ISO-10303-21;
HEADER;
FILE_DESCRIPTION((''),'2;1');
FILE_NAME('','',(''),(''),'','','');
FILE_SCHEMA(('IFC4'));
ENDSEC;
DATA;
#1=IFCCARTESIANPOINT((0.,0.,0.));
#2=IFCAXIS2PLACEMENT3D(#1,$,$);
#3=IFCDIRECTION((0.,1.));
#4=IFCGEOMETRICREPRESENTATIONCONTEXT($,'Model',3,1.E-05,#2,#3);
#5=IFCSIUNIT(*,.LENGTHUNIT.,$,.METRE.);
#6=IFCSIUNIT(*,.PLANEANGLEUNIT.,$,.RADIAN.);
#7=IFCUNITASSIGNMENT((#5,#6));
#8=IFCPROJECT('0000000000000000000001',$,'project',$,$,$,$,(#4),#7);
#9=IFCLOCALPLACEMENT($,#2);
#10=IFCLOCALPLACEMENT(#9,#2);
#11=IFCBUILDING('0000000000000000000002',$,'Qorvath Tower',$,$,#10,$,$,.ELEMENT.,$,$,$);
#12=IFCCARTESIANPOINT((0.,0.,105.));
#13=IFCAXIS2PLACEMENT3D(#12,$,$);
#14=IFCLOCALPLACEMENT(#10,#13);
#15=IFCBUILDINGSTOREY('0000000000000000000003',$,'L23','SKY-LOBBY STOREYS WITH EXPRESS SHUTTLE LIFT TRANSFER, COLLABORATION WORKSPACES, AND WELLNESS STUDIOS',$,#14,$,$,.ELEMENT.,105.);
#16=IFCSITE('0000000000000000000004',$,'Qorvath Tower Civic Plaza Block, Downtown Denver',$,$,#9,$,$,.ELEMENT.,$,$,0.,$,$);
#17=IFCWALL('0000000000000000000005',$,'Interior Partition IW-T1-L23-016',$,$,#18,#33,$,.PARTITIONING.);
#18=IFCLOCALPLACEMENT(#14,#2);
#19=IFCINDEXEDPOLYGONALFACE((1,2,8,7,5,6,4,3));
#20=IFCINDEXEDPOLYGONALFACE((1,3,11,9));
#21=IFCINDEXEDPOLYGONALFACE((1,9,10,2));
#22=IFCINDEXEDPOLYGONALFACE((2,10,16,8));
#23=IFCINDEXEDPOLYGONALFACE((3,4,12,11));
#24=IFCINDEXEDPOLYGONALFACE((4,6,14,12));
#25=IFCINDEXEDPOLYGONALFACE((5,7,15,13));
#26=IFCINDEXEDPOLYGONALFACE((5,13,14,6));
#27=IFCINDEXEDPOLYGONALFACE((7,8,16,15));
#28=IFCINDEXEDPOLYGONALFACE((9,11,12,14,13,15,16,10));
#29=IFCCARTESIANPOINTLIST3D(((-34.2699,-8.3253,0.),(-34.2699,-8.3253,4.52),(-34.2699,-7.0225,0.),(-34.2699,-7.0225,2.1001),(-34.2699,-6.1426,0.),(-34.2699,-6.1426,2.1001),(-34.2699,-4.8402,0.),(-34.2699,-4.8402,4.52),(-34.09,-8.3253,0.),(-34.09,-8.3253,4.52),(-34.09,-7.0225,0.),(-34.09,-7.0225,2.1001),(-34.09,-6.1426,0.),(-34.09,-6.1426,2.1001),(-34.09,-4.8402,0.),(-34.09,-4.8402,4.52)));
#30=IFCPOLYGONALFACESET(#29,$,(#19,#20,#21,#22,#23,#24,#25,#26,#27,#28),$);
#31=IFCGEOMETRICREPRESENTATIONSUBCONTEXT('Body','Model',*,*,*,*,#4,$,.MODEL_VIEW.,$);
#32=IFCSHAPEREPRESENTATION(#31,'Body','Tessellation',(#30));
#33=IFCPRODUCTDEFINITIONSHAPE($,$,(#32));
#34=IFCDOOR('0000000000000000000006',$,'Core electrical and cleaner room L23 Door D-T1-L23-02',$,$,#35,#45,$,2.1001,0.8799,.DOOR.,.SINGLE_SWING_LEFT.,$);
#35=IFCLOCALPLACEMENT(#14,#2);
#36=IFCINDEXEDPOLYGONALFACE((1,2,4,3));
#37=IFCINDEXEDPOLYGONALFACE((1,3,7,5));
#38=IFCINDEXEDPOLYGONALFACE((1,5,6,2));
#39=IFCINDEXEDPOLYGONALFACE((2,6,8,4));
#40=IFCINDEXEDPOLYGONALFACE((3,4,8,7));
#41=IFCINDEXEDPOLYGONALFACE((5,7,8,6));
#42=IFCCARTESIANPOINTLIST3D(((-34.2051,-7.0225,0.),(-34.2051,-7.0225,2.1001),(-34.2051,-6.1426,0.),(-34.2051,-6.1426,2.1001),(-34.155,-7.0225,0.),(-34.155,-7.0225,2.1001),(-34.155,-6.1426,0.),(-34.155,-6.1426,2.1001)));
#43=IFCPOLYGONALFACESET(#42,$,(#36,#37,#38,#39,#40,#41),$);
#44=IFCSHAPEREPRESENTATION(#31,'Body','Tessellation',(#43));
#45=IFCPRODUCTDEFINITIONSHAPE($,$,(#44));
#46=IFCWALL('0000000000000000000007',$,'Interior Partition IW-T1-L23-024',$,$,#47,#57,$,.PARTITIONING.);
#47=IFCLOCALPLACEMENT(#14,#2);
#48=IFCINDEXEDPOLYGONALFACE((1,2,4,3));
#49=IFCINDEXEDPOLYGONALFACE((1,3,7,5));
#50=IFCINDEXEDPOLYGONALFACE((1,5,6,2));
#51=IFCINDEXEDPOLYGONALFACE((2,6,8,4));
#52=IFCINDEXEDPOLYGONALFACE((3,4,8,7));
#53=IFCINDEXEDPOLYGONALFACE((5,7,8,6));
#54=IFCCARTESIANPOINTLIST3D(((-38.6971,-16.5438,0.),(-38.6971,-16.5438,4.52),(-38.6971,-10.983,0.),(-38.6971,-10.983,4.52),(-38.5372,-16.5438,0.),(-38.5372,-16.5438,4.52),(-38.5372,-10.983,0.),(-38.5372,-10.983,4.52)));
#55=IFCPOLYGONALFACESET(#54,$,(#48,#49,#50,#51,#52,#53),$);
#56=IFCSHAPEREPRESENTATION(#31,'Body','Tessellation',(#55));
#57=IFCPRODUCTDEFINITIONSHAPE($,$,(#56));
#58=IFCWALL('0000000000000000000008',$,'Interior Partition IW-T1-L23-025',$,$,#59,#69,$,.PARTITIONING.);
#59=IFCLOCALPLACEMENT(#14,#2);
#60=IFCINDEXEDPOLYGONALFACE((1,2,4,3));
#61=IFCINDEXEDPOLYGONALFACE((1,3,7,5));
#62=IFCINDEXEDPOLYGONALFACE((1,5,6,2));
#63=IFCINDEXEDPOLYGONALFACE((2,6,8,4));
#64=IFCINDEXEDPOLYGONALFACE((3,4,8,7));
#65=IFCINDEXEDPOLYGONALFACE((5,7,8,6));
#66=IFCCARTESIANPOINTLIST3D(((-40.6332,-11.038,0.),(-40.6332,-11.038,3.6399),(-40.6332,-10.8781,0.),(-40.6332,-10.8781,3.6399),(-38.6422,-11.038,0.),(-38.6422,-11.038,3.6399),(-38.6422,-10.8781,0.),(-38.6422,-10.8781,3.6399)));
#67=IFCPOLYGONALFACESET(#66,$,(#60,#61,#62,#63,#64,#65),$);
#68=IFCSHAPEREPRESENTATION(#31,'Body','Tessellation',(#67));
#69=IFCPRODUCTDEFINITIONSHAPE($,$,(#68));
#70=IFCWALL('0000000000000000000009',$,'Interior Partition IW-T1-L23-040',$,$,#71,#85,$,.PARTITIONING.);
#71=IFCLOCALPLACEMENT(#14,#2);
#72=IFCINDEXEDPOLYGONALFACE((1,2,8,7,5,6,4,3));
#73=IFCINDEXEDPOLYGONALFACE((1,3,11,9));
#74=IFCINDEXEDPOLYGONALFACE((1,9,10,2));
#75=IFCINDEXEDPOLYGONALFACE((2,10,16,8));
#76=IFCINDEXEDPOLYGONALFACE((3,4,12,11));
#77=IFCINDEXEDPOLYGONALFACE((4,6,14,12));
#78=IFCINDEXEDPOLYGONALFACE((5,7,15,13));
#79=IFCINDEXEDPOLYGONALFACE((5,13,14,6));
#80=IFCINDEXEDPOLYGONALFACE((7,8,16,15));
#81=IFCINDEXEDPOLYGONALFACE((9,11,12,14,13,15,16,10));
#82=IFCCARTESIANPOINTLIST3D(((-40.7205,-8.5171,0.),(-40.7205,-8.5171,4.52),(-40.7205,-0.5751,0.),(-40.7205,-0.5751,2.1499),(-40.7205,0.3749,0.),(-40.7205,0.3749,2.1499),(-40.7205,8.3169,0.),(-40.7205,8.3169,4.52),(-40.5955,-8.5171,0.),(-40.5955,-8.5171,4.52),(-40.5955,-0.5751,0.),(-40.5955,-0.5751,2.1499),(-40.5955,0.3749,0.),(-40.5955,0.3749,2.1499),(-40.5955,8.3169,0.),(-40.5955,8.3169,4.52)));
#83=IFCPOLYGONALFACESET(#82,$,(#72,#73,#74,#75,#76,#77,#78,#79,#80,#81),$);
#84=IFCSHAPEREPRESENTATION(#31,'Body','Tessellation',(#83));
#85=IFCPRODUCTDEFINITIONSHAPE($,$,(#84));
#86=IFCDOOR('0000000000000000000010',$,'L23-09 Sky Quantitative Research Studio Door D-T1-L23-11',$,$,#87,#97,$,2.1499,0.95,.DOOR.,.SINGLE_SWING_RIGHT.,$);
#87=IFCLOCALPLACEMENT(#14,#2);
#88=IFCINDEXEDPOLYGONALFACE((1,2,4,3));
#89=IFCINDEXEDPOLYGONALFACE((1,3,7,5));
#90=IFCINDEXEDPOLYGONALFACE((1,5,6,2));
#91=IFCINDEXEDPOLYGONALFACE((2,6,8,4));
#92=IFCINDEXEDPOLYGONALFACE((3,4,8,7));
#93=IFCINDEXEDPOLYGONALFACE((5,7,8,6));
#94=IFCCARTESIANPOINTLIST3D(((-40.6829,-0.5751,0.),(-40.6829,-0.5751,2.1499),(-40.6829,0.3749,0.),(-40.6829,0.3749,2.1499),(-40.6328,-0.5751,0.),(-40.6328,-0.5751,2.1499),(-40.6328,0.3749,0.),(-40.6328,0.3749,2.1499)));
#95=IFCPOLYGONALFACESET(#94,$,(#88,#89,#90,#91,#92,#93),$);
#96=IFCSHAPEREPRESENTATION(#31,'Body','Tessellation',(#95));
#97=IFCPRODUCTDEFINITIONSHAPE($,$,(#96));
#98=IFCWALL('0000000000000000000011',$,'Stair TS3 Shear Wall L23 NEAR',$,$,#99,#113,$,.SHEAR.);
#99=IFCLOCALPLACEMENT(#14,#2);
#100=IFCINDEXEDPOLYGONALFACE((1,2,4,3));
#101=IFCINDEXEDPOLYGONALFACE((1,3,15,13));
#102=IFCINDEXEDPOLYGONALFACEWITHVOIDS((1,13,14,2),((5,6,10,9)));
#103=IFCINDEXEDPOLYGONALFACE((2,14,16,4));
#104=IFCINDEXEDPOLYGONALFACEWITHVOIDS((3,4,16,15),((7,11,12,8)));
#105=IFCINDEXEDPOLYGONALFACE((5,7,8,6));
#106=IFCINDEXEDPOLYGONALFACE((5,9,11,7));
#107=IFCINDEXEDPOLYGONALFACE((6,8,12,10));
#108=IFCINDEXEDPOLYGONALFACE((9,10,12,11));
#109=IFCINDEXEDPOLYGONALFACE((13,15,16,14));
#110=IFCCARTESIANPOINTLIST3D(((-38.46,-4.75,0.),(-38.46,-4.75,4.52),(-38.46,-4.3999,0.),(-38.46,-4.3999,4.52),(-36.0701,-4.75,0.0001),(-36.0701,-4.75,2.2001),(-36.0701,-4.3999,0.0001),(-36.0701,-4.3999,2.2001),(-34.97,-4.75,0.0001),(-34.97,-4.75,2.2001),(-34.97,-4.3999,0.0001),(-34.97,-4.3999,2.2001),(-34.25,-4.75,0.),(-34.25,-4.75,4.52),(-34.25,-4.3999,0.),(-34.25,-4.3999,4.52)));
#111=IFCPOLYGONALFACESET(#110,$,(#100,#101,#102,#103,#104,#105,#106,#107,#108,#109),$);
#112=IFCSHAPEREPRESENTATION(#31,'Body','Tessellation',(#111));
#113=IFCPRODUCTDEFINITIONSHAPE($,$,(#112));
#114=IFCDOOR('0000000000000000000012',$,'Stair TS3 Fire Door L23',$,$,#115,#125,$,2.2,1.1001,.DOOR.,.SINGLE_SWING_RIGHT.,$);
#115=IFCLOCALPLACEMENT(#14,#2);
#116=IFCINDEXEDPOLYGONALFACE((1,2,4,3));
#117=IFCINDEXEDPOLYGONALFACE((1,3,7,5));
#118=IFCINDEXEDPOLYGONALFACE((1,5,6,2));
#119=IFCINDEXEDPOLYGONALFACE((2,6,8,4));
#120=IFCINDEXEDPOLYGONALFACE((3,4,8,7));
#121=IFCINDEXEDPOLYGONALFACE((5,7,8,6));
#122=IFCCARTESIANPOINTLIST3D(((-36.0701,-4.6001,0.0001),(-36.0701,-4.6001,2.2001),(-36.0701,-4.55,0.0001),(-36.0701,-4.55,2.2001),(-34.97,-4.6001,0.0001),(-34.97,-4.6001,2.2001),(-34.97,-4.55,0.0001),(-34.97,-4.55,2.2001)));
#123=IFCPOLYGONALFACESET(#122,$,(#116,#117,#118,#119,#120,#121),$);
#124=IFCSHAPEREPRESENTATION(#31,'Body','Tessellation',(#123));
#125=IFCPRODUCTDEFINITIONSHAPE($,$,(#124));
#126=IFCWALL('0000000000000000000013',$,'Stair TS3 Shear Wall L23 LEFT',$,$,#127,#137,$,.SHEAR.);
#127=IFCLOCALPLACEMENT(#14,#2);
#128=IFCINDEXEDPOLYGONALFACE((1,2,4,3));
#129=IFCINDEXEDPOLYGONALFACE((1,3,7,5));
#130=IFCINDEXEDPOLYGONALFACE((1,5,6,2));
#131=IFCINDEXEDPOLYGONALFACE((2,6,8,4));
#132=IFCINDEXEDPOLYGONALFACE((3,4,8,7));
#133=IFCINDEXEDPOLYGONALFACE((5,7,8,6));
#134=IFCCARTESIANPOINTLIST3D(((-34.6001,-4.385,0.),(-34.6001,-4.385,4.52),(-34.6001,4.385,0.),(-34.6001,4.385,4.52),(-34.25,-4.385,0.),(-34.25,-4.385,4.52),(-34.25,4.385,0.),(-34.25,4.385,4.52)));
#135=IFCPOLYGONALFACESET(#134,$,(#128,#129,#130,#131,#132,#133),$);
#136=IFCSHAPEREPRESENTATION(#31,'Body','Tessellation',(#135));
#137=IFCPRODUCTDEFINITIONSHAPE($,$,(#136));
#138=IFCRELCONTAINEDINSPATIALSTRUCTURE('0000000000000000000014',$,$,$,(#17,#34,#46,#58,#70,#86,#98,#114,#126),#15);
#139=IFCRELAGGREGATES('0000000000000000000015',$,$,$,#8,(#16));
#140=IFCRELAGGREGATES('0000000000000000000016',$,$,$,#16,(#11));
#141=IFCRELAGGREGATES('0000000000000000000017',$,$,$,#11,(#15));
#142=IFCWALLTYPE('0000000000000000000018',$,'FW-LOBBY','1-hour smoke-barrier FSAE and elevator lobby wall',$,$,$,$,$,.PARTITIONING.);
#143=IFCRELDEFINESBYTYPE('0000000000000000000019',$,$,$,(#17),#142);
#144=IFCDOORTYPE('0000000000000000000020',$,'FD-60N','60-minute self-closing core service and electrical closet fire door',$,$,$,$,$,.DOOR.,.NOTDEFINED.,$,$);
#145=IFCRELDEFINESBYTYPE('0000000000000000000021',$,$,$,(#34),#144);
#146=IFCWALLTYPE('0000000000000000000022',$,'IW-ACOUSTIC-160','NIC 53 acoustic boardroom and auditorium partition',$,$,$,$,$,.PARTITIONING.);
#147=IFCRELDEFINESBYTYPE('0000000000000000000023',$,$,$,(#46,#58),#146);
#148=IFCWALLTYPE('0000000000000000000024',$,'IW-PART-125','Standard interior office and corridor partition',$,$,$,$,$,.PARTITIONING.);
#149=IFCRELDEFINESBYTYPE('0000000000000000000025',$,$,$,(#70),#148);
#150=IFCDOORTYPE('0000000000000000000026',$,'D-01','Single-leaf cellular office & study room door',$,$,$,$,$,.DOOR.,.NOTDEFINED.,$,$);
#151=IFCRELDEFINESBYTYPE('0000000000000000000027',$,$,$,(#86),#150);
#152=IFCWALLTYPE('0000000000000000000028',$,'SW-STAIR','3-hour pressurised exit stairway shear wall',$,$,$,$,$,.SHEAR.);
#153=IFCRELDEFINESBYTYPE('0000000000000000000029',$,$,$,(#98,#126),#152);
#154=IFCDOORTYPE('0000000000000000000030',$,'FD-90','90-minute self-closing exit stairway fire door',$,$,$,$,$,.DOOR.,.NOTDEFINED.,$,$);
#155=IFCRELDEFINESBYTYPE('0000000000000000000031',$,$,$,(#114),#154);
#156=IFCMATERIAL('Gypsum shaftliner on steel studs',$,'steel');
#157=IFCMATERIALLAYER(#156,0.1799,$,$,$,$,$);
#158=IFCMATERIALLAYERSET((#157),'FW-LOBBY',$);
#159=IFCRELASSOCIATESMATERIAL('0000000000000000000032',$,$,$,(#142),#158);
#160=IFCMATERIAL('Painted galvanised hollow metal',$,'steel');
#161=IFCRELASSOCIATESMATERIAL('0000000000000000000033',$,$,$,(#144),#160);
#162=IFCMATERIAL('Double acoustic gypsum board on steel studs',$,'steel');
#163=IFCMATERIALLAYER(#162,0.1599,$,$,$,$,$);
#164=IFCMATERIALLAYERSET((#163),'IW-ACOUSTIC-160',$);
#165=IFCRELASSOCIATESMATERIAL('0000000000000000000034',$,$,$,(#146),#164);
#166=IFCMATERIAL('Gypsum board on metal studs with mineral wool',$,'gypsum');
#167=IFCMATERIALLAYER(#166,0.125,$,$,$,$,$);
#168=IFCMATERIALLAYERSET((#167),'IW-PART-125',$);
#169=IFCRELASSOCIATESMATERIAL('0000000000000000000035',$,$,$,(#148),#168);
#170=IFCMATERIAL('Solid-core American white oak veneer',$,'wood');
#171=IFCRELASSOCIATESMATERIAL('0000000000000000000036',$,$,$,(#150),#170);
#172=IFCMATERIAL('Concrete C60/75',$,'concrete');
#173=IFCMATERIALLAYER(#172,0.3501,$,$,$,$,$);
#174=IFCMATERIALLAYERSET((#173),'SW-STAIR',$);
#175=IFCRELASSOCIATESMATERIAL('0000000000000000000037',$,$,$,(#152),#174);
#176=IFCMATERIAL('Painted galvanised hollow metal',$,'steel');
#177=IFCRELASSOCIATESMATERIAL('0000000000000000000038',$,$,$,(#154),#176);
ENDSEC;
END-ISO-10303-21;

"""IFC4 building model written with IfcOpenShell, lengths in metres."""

from ifc_helpers import new_model, si_unit, direction, frame, frame_2d, origin, place, context, subcontext, project, spatial, rectangle, extrude, material, layer, layer_set, type_object, element, fill, save


model = new_model("IFC4")

# Units and contexts
model_context = context("Model", 3, precision=1e-05, world=origin(), true_north=direction((0.0, 1.0)))
body_context = subcontext(model_context, "Body", "Model", "MODEL_VIEW")
ifc_project = project(units=[si_unit("LENGTHUNIT", "METRE"), si_unit("PLANEANGLEUNIT", "RADIAN")], contexts=[model_context])

# Site, building, storey
site_placement = place(None, origin())
site = spatial("IfcSite", under=ifc_project, at=site_placement, Name="Qorvath Tower Civic Plaza Block, Downtown Denver", CompositionType="ELEMENT", RefElevation=0.0)
building_placement = place(site_placement, origin())
building = spatial("IfcBuilding", under=site, at=building_placement, Name="Qorvath Tower", CompositionType="ELEMENT")
storey_placement = place(building_placement, frame((0.0, 0.0, 105.0)))
storey = spatial("IfcBuildingStorey", under=building, at=storey_placement, Name="L23", Description="SKY-LOBBY STOREYS WITH EXPRESS SHUTTLE LIFT TRANSFER, COLLABORATION WORKSPACES, AND WELLNESS STUDIOS", CompositionType="ELEMENT", Elevation=105.0)

# Shared definitions
ifc_material_1 = material(Name="Gypsum shaftliner on steel studs", Category="steel")
ifc_layer_1 = layer(ifc_material_1, 0.1799)
ifc_layer_set_1 = layer_set([ifc_layer_1], Name="FW-LOBBY")
wall_type_1 = type_object("IfcWallType", Name="FW-LOBBY", Description="1-hour smoke-barrier FSAE and elevator lobby wall", PredefinedType="PARTITIONING", material=ifc_layer_set_1)

# Wall, opening, door
wall_1_placement = place(storey_placement, frame((-34.1799, -4.8401, 0.0), z_axis=(0.0, 0.0, 1.0), x_axis=(0.0, -1.0, 0.0)))
wall_1 = element("IfcWall", 1, at=wall_1_placement, inside=storey, type_object=wall_type_1, Name="Interior Partition IW-T1-L23-016", PredefinedType="PARTITIONING", context=body_context, shape_type="SweptSolid", body=[
    extrude(rectangle(XDim=3.4851, YDim=0.1799, at=frame_2d((1.7427, 0.0))), origin(), (0.0, 0.0, 1.0), 4.52),
])
opening_1_placement = place(wall_1_placement, frame((1.3025, 0.0, 0.0)))
opening_1 = element("IfcOpeningElement", 2, at=opening_1_placement, cuts=wall_1, PredefinedType="OPENING", context=body_context, shape_type="SweptSolid", body=[
    extrude(rectangle(XDim=0.8799, YDim=2.1001, at=frame_2d((0.4399, 1.05))), frame((0.0, 0.1001, 0.0), z_axis=(0.0, -1.0, 0.0), x_axis=(1.0, 0.0, 0.0)), (0.0, 0.0, 1.0), 0.2),
])
ifc_material_2 = material(Name="Painted galvanised hollow metal", Category="steel")
door_type_1 = type_object("IfcDoorType", Name="FD-60N", Description="60-minute self-closing core service and electrical closet fire door", OperationType="NOTDEFINED", PredefinedType="DOOR", material=ifc_material_2)
door_1_placement = place(opening_1_placement, origin())
door_1 = element("IfcDoor", 3, at=door_1_placement, inside=storey, type_object=door_type_1, Name="Core electrical and cleaner room L23 Door D-T1-L23-02", OperationType="SINGLE_SWING_LEFT", OverallHeight=2.1001, OverallWidth=0.8799, PredefinedType="DOOR", context=body_context, shape_type="SweptSolid", body=[
    extrude(rectangle(XDim=0.8799, YDim=2.1001, at=frame_2d((0.4399, 1.05))), frame((0.0, 0.0249, 0.0), z_axis=(0.0, -1.0, 0.0), x_axis=(1.0, 0.0, 0.0)), (0.0, 0.0, 1.0), 0.05),
])
fill(opening_1, door_1)

# Walls
ifc_material_3 = material(Name="Double acoustic gypsum board on steel studs", Category="steel")
ifc_layer_2 = layer(ifc_material_3, 0.1599)
ifc_layer_set_2 = layer_set([ifc_layer_2], Name="IW-ACOUSTIC-160")
wall_type_2 = type_object("IfcWallType", Name="IW-ACOUSTIC-160", Description="NIC 53 acoustic boardroom and auditorium partition", PredefinedType="PARTITIONING", material=ifc_layer_set_2)
wall_2_placement = place(storey_placement, frame((-38.6172, -16.5437, 0.0), z_axis=(0.0, 0.0, 1.0), x_axis=(0.0, 1.0, 0.0)))
element("IfcWall", 4, at=wall_2_placement, inside=storey, type_object=wall_type_2, Name="Interior Partition IW-T1-L23-024", PredefinedType="PARTITIONING", context=body_context, shape_type="SweptSolid", body=[
    extrude(rectangle(XDim=5.5608, YDim=0.1599, at=frame_2d((2.7803, 0.0))), origin(), (0.0, 0.0, 1.0), 4.52),
])
wall_3_placement = place(storey_placement, frame((-38.6421, -10.958, 0.0), z_axis=(0.0, 0.0, 1.0), x_axis=(-1.0, 0.0, 0.0)))
element("IfcWall", 5, at=wall_3_placement, inside=storey, type_object=wall_type_2, Name="Interior Partition IW-T1-L23-025", PredefinedType="PARTITIONING", context=body_context, shape_type="SweptSolid", body=[
    extrude(rectangle(XDim=1.991, YDim=0.1599, at=frame_2d((0.9956, 0.0))), origin(), (0.0, 0.0, 1.0), 3.6399),
])

# Walls, openings, doors
ifc_material_4 = material(Name="Gypsum board on metal studs with mineral wool", Category="gypsum")
ifc_layer_3 = layer(ifc_material_4, 0.125)
ifc_layer_set_3 = layer_set([ifc_layer_3], Name="IW-PART-125")
wall_type_3 = type_object("IfcWallType", Name="IW-PART-125", Description="Standard interior office and corridor partition", PredefinedType="PARTITIONING", material=ifc_layer_set_3)
wall_4_placement = place(storey_placement, frame((-40.658, -8.5171, 0.0), z_axis=(0.0, 0.0, 1.0), x_axis=(0.0, 1.0, 0.0)))
wall_4 = element("IfcWall", 6, at=wall_4_placement, inside=storey, type_object=wall_type_3, Name="Interior Partition IW-T1-L23-040", PredefinedType="PARTITIONING", context=body_context, shape_type="SweptSolid", body=[
    extrude(rectangle(XDim=16.834, YDim=0.125, at=frame_2d((8.417, 0.0))), origin(), (0.0, 0.0, 1.0), 4.52),
])
opening_2_placement = place(wall_4_placement, frame((7.9419, 0.0, 0.0)))
opening_2 = element("IfcOpeningElement", 7, at=opening_2_placement, cuts=wall_4, PredefinedType="OPENING", context=body_context, shape_type="SweptSolid", body=[
    extrude(rectangle(XDim=0.95, YDim=2.1499, at=frame_2d((0.4751, 1.075))), frame((0.0, 0.0725, 0.0), z_axis=(0.0, -1.0, 0.0), x_axis=(1.0, 0.0, 0.0)), (0.0, 0.0, 1.0), 0.145),
])
ifc_material_5 = material(Name="Solid-core American white oak veneer", Category="wood")
door_type_2 = type_object("IfcDoorType", Name="D-01", Description="Single-leaf cellular office & study room door", OperationType="NOTDEFINED", PredefinedType="DOOR", material=ifc_material_5)
door_2_placement = place(opening_2_placement, origin())
door_2 = element("IfcDoor", 8, at=door_2_placement, inside=storey, type_object=door_type_2, Name="L23-09 Sky Quantitative Research Studio Door D-T1-L23-11", OperationType="SINGLE_SWING_RIGHT", OverallHeight=2.1499, OverallWidth=0.95, PredefinedType="DOOR", context=body_context, shape_type="SweptSolid", body=[
    extrude(rectangle(XDim=0.95, YDim=2.1499, at=frame_2d((0.4751, 1.075))), frame((0.0, 0.0249, 0.0), z_axis=(0.0, -1.0, 0.0), x_axis=(1.0, 0.0, 0.0)), (0.0, 0.0, 1.0), 0.05),
])
fill(opening_2, door_2)
ifc_material_6 = material(Name="Concrete C60/75", Category="concrete")
ifc_layer_4 = layer(ifc_material_6, 0.3501)
ifc_layer_set_4 = layer_set([ifc_layer_4], Name="SW-STAIR")
wall_type_4 = type_object("IfcWallType", Name="SW-STAIR", Description="3-hour pressurised exit stairway shear wall", PredefinedType="SHEAR", material=ifc_layer_set_4)
wall_5_placement = place(storey_placement, frame((-38.46, -4.575, 0.0), z_axis=(0.0, 0.0, 1.0), x_axis=(1.0, 0.0, 0.0)))
wall_5 = element("IfcWall", 9, at=wall_5_placement, inside=storey, type_object=wall_type_4, Name="Stair TS3 Shear Wall L23 NEAR", PredefinedType="SHEAR", context=body_context, shape_type="SweptSolid", body=[
    extrude(rectangle(XDim=4.21, YDim=0.3501, at=frame_2d((2.105, 0.0))), origin(), (0.0, 0.0, 1.0), 4.52),
])
opening_3_placement = place(wall_5_placement, frame((2.3899, 0.0, 0.0)))
opening_3 = element("IfcOpeningElement", 10, at=opening_3_placement, cuts=wall_5, PredefinedType="OPENING", context=body_context, shape_type="SweptSolid", body=[
    extrude(rectangle(XDim=1.1001, YDim=2.2, at=frame_2d((0.55, 1.1001))), frame((0.0, 0.1851, 0.0), z_axis=(0.0, -1.0, 0.0), x_axis=(1.0, 0.0, 0.0)), (0.0, 0.0, 1.0), 0.3701),
])
ifc_material_7 = material(Name="Painted galvanised hollow metal", Category="steel")
door_type_3 = type_object("IfcDoorType", Name="FD-90", Description="90-minute self-closing exit stairway fire door", OperationType="NOTDEFINED", PredefinedType="DOOR", material=ifc_material_7)
door_3_placement = place(opening_3_placement, origin())
door_3 = element("IfcDoor", 11, at=door_3_placement, inside=storey, type_object=door_type_3, Name="Stair TS3 Fire Door L23", OperationType="SINGLE_SWING_RIGHT", OverallHeight=2.2, OverallWidth=1.1001, PredefinedType="DOOR", context=body_context, shape_type="SweptSolid", body=[
    extrude(rectangle(XDim=1.1001, YDim=2.2, at=frame_2d((0.55, 1.1001))), frame((0.0, 0.0249, 0.0), z_axis=(0.0, -1.0, 0.0), x_axis=(1.0, 0.0, 0.0)), (0.0, 0.0, 1.0), 0.05),
])
fill(opening_3, door_3)

# Wall
wall_6_placement = place(storey_placement, frame((-34.425, -4.385, 0.0), z_axis=(0.0, 0.0, 1.0), x_axis=(0.0, 1.0, 0.0)))
element("IfcWall", 12, at=wall_6_placement, inside=storey, type_object=wall_type_4, Name="Stair TS3 Shear Wall L23 LEFT", PredefinedType="SHEAR", context=body_context, shape_type="SweptSolid", body=[
    extrude(rectangle(XDim=8.77, YDim=0.3501, at=frame_2d((4.385, 0.0))), origin(), (0.0, 0.0, 1.0), 4.52),
])

save(model, "model.ifc")
